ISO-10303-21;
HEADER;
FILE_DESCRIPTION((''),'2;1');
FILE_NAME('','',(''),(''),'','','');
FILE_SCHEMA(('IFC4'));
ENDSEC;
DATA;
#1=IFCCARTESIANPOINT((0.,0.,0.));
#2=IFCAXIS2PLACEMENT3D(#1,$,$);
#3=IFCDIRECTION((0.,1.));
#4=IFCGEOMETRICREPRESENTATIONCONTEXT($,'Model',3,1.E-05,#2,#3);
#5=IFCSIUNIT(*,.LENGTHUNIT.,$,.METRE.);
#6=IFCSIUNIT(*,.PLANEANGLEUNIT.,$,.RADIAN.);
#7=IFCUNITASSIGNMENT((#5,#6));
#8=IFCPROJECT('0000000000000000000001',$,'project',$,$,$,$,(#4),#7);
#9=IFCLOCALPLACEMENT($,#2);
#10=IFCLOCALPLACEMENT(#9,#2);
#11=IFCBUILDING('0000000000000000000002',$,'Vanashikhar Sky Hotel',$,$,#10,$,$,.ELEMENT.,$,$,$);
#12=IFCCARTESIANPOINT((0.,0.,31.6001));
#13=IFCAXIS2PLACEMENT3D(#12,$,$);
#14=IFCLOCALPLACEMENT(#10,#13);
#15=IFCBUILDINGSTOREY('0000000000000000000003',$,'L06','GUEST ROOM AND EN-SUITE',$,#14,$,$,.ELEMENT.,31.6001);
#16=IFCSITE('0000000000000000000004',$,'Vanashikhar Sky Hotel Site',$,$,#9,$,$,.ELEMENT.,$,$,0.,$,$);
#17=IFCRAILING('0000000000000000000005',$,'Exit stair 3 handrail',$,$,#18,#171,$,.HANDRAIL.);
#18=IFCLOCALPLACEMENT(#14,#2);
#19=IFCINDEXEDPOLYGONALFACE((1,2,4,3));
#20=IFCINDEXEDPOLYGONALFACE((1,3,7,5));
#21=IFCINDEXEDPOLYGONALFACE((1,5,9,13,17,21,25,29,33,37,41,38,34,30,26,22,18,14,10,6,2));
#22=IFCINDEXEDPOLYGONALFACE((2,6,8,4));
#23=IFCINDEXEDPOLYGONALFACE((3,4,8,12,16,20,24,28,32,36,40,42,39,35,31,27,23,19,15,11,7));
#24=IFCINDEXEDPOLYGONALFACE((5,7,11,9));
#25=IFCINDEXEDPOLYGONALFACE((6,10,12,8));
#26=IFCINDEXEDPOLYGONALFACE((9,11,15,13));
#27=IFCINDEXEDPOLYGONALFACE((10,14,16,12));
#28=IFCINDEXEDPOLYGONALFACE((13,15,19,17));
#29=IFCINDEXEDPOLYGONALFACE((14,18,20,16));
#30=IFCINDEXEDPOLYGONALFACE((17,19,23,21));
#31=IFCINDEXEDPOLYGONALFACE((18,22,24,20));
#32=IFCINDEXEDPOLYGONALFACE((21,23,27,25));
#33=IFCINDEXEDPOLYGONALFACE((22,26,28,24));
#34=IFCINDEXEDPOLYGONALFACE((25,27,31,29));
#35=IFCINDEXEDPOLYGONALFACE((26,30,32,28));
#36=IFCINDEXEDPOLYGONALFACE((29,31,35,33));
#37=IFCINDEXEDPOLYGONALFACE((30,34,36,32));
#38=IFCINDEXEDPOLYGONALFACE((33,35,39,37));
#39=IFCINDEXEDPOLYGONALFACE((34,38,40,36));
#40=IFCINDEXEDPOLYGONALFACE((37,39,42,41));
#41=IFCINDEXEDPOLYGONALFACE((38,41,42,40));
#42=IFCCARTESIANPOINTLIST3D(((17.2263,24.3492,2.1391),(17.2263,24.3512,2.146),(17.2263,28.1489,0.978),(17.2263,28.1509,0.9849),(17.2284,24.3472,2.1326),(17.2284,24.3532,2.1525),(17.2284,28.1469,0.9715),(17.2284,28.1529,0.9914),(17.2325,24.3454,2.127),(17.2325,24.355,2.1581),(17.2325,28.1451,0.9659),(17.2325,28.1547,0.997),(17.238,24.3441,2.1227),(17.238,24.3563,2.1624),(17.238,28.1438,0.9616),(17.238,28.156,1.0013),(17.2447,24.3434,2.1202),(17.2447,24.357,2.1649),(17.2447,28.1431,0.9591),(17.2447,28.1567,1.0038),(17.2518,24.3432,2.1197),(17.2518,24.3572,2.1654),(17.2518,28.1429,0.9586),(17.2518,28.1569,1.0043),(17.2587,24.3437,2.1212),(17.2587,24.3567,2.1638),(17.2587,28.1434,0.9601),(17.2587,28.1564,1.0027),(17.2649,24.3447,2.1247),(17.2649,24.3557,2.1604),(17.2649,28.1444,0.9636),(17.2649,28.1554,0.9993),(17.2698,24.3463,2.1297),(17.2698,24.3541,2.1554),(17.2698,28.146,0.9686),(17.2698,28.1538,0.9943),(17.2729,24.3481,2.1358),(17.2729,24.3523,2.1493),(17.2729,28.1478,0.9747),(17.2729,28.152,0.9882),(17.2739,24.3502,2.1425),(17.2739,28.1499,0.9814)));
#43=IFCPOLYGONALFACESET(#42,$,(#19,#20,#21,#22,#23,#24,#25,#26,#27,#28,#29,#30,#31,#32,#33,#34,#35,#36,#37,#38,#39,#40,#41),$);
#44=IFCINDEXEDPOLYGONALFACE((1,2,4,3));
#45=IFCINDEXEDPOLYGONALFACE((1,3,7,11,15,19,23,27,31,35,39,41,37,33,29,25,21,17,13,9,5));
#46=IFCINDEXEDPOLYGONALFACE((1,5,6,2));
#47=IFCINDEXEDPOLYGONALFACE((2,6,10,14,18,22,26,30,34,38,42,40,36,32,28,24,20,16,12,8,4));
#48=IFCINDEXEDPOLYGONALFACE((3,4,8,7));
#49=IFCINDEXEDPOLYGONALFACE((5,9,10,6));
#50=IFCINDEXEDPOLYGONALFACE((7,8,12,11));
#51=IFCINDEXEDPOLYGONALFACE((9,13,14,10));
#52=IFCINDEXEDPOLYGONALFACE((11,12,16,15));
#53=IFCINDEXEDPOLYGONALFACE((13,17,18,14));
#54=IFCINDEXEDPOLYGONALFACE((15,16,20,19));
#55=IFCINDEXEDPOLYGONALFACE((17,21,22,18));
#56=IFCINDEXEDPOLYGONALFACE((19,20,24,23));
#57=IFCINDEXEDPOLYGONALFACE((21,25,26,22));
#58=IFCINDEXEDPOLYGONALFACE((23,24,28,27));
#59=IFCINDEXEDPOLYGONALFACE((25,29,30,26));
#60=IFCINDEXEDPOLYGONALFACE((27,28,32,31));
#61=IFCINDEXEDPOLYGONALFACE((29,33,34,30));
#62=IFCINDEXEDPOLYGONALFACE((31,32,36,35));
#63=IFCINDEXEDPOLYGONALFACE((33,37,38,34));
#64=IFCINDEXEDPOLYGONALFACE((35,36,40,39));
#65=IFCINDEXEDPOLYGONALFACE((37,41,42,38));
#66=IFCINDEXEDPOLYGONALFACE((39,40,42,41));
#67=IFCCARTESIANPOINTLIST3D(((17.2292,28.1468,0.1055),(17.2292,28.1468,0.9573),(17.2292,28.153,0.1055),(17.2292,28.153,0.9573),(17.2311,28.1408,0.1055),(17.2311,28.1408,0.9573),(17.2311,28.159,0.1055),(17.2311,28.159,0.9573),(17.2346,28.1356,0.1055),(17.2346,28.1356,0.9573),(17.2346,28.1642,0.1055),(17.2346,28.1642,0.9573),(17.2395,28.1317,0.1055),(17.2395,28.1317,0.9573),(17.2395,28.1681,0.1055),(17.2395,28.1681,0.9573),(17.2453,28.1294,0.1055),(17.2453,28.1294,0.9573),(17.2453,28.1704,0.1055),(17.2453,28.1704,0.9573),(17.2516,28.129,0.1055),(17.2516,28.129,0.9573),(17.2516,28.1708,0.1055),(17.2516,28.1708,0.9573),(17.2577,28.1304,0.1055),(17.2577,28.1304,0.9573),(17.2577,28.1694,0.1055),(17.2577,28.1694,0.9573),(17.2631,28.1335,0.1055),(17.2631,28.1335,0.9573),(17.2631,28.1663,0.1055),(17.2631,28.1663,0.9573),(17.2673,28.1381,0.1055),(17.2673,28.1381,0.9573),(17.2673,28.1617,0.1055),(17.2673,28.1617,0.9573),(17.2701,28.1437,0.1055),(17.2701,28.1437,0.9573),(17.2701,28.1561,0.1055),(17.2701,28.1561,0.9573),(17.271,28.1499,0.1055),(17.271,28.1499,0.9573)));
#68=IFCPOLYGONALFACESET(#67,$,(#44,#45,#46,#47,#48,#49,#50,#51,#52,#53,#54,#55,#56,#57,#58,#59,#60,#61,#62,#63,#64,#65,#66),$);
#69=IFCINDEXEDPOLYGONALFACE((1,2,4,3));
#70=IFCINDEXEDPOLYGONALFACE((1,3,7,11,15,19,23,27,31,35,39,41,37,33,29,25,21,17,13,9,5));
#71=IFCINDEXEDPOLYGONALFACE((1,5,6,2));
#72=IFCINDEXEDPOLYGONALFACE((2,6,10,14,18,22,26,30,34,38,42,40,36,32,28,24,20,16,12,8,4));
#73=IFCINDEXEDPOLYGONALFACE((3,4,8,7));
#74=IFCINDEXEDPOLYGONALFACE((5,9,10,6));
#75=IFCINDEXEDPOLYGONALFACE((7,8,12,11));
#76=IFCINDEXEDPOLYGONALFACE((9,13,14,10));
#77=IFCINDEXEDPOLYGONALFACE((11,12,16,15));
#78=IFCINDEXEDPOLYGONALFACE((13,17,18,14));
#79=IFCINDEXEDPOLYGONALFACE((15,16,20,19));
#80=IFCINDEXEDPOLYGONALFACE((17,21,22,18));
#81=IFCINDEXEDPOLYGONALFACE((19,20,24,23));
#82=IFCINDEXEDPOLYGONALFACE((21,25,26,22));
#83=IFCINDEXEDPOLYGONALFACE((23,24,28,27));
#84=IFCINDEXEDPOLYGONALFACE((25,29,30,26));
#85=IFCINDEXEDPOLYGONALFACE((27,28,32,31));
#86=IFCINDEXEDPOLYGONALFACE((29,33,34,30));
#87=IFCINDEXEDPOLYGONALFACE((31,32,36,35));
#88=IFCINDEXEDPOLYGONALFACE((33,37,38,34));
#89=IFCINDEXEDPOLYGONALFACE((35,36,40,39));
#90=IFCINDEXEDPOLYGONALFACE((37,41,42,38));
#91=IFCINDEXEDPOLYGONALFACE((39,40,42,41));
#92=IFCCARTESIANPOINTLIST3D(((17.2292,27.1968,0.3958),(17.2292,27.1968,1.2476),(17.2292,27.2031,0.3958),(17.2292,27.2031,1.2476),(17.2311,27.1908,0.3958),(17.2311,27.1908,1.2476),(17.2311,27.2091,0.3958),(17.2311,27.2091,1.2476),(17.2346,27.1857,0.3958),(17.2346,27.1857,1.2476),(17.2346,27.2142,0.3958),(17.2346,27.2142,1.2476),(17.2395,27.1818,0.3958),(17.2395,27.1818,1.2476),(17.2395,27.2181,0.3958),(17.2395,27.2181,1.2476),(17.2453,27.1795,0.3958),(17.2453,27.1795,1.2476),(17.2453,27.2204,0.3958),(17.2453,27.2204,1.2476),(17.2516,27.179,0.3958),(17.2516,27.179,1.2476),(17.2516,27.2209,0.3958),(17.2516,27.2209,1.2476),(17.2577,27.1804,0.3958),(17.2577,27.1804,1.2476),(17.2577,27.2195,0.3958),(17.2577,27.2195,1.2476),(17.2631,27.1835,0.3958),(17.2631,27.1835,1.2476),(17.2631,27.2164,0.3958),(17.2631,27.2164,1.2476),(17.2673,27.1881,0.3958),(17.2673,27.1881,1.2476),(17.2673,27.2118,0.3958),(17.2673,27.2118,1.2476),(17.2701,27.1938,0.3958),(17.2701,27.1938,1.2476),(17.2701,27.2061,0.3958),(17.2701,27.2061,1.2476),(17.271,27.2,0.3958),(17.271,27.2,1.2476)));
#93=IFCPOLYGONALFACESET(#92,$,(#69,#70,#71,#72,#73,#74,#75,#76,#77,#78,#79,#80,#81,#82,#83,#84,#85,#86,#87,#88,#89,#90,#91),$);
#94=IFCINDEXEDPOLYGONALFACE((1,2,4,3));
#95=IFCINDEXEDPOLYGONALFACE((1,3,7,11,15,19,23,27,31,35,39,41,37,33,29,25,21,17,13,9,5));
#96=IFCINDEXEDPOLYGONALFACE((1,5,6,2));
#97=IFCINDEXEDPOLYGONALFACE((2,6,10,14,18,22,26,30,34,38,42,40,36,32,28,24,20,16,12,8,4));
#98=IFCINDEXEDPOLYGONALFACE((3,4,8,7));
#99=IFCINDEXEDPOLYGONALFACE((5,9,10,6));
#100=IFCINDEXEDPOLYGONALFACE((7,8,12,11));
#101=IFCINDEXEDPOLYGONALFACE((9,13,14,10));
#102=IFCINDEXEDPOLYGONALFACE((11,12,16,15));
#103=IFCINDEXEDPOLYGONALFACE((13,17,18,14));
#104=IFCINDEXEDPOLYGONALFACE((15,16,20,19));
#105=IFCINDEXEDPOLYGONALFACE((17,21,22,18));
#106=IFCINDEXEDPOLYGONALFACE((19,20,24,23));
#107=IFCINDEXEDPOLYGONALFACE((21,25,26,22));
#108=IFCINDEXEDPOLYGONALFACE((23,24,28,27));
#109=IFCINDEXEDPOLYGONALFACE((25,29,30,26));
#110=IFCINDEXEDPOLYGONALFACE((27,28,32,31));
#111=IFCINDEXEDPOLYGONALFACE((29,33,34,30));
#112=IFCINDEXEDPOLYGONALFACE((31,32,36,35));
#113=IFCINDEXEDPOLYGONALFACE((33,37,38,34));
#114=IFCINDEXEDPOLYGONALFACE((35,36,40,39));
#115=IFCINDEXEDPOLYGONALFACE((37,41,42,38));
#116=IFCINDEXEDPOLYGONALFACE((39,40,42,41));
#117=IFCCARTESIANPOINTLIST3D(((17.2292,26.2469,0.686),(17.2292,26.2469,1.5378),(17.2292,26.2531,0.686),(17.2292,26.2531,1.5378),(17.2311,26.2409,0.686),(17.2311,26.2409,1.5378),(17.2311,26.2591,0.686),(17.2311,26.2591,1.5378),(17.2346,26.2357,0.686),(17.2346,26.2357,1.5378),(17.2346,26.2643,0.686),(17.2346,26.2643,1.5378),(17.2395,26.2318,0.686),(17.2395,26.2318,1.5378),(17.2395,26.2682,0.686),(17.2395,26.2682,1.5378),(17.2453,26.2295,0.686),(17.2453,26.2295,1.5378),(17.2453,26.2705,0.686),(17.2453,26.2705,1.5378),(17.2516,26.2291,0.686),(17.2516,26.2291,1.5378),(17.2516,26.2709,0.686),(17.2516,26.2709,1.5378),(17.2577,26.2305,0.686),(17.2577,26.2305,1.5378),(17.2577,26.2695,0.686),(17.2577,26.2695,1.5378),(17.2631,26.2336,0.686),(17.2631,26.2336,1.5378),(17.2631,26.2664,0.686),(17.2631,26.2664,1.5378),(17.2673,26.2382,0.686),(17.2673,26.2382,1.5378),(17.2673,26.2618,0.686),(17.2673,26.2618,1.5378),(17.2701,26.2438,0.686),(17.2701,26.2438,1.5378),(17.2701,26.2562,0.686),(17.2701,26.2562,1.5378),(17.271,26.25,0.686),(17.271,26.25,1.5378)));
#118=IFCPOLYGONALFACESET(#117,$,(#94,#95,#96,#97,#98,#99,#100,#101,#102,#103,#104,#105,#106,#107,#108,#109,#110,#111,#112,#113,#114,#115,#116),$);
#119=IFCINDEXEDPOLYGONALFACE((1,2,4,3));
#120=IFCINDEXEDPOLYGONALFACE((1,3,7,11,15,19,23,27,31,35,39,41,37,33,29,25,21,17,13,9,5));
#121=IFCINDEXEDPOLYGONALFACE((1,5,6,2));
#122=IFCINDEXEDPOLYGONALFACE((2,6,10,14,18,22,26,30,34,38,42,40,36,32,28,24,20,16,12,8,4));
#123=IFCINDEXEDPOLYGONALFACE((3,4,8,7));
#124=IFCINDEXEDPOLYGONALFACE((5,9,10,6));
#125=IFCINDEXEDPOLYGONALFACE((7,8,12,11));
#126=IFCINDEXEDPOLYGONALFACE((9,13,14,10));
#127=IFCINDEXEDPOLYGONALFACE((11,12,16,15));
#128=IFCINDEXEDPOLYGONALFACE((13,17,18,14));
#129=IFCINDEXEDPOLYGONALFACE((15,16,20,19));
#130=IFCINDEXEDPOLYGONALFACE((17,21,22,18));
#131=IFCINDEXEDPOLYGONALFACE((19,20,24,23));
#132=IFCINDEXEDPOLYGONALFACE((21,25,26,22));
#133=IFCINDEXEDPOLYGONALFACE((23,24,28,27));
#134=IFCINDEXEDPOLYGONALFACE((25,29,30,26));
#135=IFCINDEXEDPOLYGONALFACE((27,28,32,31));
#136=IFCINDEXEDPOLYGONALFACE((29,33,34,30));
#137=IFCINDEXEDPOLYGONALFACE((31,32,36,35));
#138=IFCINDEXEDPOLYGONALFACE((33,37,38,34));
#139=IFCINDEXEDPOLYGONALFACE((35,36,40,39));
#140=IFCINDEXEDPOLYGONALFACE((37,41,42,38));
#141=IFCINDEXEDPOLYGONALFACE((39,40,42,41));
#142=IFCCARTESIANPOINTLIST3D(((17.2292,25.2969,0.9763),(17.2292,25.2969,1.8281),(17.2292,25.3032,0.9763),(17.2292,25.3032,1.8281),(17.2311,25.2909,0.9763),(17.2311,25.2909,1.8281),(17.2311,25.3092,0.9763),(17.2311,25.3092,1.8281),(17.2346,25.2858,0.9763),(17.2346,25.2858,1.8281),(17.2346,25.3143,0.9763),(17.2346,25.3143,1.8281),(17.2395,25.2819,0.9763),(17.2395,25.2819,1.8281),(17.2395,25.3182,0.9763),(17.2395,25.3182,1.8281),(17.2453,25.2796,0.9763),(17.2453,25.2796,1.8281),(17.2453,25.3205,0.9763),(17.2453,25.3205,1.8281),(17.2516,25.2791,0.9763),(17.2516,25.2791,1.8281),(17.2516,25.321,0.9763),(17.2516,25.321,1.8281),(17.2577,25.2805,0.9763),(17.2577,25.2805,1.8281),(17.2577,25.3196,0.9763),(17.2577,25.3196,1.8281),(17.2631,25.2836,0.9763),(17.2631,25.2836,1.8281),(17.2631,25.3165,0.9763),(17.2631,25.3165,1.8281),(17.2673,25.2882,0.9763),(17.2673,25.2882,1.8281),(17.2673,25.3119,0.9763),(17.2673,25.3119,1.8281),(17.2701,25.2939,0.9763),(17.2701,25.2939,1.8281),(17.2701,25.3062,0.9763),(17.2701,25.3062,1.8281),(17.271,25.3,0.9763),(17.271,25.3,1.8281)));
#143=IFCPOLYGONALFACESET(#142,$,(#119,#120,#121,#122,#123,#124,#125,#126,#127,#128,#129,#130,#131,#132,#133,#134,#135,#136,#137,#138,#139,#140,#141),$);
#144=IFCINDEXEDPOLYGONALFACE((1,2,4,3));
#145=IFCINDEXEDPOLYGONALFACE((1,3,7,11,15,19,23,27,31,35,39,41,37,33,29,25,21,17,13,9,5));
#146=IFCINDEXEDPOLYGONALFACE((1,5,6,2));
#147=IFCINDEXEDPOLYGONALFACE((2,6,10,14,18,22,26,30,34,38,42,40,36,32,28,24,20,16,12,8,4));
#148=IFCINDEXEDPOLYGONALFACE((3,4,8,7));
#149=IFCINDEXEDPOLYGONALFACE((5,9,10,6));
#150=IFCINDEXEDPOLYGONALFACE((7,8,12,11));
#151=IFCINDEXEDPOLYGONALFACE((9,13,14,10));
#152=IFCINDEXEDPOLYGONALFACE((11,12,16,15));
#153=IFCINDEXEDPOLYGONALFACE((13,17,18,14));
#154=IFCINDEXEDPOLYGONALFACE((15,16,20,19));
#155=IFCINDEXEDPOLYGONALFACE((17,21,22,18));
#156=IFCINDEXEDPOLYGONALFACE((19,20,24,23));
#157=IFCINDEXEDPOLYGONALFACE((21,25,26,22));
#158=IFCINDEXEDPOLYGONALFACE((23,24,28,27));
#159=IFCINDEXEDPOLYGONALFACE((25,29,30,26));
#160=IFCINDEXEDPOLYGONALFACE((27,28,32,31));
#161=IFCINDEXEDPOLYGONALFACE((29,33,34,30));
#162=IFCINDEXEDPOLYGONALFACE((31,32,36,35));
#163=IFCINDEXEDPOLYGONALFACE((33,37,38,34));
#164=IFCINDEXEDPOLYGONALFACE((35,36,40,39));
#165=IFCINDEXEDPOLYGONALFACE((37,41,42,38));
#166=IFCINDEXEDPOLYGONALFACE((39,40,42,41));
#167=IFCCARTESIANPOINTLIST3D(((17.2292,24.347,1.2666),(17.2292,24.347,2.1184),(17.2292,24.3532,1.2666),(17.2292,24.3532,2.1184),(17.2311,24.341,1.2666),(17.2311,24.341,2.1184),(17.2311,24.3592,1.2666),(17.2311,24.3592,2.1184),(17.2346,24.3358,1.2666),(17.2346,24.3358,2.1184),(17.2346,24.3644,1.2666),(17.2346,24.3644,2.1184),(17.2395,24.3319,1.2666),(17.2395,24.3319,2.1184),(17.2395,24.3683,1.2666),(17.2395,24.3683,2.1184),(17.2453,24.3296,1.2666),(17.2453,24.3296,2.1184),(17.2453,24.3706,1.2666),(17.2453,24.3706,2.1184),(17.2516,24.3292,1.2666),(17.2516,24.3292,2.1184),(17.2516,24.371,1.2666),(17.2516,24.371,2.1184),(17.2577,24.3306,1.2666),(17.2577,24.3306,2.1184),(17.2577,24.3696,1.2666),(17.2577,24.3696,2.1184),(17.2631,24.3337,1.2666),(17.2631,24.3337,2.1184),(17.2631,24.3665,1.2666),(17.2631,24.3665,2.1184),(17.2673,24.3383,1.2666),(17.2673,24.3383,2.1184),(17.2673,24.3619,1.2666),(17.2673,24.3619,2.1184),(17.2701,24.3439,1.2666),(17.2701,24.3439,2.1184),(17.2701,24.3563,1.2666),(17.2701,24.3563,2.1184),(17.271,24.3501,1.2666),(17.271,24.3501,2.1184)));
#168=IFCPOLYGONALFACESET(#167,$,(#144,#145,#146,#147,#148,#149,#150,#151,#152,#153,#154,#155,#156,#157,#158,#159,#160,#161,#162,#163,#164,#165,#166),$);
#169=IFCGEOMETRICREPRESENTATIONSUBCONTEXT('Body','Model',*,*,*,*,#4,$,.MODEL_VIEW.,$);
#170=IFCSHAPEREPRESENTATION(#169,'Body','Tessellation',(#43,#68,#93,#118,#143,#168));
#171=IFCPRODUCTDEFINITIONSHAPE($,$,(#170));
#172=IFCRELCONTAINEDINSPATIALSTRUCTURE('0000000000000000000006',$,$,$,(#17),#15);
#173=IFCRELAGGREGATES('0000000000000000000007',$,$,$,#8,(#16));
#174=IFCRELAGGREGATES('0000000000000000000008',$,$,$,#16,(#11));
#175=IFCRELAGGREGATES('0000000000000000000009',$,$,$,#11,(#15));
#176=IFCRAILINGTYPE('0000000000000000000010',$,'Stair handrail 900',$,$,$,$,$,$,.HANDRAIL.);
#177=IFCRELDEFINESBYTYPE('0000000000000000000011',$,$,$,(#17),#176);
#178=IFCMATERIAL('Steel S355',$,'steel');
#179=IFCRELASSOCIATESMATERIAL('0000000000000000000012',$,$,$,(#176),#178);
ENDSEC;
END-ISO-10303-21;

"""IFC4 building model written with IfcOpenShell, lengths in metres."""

from ifc_helpers import new_model, si_unit, direction, frame, origin, origin_2d, place, context, subcontext, project, spatial, circle, extrude, source, transform, mapped, material, type_object, element, save


model = new_model("IFC4")

# Units and contexts
model_context = context("Model", 3, precision=1e-05, world=origin(), true_north=direction((0.0, 1.0)))
body_context = subcontext(model_context, "Body", "Model", "MODEL_VIEW")
ifc_project = project(units=[si_unit("LENGTHUNIT", "METRE"), si_unit("PLANEANGLEUNIT", "RADIAN")], contexts=[model_context])

# Site, building, storey
site_placement = place(None, origin())
site = spatial("IfcSite", under=ifc_project, at=site_placement, Name="Vanashikhar Sky Hotel Site", CompositionType="ELEMENT", RefElevation=0.0)
building_placement = place(site_placement, origin())
building = spatial("IfcBuilding", under=site, at=building_placement, Name="Vanashikhar Sky Hotel", CompositionType="ELEMENT")
storey_placement = place(building_placement, frame((0.0, 0.0, 31.6001)))
storey = spatial("IfcBuildingStorey", under=building, at=storey_placement, Name="L06", Description="GUEST ROOM AND EN-SUITE", CompositionType="ELEMENT", Elevation=31.6001)

# Railing
ifc_material_1 = material(Name="Steel S355", Category="steel")
railing_type = type_object("IfcRailingType", Name="Stair handrail 900", PredefinedType="HANDRAIL", material=ifc_material_1)
shared_shape_1 = source(origin(), body_context, "Body", "SweptSolid", [
    extrude(circle(Radius=0.0239, at=origin_2d()), frame((0.0, 0.0, 0.876), z_axis=(0.0, -0.956346, 0.292237), x_axis=(1.0, 0.0, 0.0)), (0.0, 0.0, 1.0), 3.9731),
    extrude(circle(Radius=0.021, at=origin_2d()), origin(), (0.0, 0.0, 1.0), 0.8518),
    extrude(circle(Radius=0.021, at=origin_2d()), frame((0.0, -0.95, 0.2903)), (0.0, 0.0, 1.0), 0.8518),
    extrude(circle(Radius=0.021, at=origin_2d()), frame((0.0, -1.8999, 0.5806)), (0.0, 0.0, 1.0), 0.8518),
    extrude(circle(Radius=0.021, at=origin_2d()), frame((0.0, -2.8499, 0.8708)), (0.0, 0.0, 1.0), 0.8518),
    extrude(circle(Radius=0.021, at=origin_2d()), frame((0.0, -3.7998, 1.1611)), (0.0, 0.0, 1.0), 0.8518),
])
for number, where, name in (
    (1, (17.25, 28.1499, 0.1055), "Exit stair 3 handrail"),
):
    element("IfcRailing", number, at=place(storey_placement, frame(where)), inside=storey, type_object=railing_type, Name=name, PredefinedType="HANDRAIL", context=body_context, shape_type="MappedRepresentation", body=[
        mapped(shared_shape_1, transform((0.0, 0.0, 0.0), scale=1.0)),
    ])

save(model, "model.ifc")
